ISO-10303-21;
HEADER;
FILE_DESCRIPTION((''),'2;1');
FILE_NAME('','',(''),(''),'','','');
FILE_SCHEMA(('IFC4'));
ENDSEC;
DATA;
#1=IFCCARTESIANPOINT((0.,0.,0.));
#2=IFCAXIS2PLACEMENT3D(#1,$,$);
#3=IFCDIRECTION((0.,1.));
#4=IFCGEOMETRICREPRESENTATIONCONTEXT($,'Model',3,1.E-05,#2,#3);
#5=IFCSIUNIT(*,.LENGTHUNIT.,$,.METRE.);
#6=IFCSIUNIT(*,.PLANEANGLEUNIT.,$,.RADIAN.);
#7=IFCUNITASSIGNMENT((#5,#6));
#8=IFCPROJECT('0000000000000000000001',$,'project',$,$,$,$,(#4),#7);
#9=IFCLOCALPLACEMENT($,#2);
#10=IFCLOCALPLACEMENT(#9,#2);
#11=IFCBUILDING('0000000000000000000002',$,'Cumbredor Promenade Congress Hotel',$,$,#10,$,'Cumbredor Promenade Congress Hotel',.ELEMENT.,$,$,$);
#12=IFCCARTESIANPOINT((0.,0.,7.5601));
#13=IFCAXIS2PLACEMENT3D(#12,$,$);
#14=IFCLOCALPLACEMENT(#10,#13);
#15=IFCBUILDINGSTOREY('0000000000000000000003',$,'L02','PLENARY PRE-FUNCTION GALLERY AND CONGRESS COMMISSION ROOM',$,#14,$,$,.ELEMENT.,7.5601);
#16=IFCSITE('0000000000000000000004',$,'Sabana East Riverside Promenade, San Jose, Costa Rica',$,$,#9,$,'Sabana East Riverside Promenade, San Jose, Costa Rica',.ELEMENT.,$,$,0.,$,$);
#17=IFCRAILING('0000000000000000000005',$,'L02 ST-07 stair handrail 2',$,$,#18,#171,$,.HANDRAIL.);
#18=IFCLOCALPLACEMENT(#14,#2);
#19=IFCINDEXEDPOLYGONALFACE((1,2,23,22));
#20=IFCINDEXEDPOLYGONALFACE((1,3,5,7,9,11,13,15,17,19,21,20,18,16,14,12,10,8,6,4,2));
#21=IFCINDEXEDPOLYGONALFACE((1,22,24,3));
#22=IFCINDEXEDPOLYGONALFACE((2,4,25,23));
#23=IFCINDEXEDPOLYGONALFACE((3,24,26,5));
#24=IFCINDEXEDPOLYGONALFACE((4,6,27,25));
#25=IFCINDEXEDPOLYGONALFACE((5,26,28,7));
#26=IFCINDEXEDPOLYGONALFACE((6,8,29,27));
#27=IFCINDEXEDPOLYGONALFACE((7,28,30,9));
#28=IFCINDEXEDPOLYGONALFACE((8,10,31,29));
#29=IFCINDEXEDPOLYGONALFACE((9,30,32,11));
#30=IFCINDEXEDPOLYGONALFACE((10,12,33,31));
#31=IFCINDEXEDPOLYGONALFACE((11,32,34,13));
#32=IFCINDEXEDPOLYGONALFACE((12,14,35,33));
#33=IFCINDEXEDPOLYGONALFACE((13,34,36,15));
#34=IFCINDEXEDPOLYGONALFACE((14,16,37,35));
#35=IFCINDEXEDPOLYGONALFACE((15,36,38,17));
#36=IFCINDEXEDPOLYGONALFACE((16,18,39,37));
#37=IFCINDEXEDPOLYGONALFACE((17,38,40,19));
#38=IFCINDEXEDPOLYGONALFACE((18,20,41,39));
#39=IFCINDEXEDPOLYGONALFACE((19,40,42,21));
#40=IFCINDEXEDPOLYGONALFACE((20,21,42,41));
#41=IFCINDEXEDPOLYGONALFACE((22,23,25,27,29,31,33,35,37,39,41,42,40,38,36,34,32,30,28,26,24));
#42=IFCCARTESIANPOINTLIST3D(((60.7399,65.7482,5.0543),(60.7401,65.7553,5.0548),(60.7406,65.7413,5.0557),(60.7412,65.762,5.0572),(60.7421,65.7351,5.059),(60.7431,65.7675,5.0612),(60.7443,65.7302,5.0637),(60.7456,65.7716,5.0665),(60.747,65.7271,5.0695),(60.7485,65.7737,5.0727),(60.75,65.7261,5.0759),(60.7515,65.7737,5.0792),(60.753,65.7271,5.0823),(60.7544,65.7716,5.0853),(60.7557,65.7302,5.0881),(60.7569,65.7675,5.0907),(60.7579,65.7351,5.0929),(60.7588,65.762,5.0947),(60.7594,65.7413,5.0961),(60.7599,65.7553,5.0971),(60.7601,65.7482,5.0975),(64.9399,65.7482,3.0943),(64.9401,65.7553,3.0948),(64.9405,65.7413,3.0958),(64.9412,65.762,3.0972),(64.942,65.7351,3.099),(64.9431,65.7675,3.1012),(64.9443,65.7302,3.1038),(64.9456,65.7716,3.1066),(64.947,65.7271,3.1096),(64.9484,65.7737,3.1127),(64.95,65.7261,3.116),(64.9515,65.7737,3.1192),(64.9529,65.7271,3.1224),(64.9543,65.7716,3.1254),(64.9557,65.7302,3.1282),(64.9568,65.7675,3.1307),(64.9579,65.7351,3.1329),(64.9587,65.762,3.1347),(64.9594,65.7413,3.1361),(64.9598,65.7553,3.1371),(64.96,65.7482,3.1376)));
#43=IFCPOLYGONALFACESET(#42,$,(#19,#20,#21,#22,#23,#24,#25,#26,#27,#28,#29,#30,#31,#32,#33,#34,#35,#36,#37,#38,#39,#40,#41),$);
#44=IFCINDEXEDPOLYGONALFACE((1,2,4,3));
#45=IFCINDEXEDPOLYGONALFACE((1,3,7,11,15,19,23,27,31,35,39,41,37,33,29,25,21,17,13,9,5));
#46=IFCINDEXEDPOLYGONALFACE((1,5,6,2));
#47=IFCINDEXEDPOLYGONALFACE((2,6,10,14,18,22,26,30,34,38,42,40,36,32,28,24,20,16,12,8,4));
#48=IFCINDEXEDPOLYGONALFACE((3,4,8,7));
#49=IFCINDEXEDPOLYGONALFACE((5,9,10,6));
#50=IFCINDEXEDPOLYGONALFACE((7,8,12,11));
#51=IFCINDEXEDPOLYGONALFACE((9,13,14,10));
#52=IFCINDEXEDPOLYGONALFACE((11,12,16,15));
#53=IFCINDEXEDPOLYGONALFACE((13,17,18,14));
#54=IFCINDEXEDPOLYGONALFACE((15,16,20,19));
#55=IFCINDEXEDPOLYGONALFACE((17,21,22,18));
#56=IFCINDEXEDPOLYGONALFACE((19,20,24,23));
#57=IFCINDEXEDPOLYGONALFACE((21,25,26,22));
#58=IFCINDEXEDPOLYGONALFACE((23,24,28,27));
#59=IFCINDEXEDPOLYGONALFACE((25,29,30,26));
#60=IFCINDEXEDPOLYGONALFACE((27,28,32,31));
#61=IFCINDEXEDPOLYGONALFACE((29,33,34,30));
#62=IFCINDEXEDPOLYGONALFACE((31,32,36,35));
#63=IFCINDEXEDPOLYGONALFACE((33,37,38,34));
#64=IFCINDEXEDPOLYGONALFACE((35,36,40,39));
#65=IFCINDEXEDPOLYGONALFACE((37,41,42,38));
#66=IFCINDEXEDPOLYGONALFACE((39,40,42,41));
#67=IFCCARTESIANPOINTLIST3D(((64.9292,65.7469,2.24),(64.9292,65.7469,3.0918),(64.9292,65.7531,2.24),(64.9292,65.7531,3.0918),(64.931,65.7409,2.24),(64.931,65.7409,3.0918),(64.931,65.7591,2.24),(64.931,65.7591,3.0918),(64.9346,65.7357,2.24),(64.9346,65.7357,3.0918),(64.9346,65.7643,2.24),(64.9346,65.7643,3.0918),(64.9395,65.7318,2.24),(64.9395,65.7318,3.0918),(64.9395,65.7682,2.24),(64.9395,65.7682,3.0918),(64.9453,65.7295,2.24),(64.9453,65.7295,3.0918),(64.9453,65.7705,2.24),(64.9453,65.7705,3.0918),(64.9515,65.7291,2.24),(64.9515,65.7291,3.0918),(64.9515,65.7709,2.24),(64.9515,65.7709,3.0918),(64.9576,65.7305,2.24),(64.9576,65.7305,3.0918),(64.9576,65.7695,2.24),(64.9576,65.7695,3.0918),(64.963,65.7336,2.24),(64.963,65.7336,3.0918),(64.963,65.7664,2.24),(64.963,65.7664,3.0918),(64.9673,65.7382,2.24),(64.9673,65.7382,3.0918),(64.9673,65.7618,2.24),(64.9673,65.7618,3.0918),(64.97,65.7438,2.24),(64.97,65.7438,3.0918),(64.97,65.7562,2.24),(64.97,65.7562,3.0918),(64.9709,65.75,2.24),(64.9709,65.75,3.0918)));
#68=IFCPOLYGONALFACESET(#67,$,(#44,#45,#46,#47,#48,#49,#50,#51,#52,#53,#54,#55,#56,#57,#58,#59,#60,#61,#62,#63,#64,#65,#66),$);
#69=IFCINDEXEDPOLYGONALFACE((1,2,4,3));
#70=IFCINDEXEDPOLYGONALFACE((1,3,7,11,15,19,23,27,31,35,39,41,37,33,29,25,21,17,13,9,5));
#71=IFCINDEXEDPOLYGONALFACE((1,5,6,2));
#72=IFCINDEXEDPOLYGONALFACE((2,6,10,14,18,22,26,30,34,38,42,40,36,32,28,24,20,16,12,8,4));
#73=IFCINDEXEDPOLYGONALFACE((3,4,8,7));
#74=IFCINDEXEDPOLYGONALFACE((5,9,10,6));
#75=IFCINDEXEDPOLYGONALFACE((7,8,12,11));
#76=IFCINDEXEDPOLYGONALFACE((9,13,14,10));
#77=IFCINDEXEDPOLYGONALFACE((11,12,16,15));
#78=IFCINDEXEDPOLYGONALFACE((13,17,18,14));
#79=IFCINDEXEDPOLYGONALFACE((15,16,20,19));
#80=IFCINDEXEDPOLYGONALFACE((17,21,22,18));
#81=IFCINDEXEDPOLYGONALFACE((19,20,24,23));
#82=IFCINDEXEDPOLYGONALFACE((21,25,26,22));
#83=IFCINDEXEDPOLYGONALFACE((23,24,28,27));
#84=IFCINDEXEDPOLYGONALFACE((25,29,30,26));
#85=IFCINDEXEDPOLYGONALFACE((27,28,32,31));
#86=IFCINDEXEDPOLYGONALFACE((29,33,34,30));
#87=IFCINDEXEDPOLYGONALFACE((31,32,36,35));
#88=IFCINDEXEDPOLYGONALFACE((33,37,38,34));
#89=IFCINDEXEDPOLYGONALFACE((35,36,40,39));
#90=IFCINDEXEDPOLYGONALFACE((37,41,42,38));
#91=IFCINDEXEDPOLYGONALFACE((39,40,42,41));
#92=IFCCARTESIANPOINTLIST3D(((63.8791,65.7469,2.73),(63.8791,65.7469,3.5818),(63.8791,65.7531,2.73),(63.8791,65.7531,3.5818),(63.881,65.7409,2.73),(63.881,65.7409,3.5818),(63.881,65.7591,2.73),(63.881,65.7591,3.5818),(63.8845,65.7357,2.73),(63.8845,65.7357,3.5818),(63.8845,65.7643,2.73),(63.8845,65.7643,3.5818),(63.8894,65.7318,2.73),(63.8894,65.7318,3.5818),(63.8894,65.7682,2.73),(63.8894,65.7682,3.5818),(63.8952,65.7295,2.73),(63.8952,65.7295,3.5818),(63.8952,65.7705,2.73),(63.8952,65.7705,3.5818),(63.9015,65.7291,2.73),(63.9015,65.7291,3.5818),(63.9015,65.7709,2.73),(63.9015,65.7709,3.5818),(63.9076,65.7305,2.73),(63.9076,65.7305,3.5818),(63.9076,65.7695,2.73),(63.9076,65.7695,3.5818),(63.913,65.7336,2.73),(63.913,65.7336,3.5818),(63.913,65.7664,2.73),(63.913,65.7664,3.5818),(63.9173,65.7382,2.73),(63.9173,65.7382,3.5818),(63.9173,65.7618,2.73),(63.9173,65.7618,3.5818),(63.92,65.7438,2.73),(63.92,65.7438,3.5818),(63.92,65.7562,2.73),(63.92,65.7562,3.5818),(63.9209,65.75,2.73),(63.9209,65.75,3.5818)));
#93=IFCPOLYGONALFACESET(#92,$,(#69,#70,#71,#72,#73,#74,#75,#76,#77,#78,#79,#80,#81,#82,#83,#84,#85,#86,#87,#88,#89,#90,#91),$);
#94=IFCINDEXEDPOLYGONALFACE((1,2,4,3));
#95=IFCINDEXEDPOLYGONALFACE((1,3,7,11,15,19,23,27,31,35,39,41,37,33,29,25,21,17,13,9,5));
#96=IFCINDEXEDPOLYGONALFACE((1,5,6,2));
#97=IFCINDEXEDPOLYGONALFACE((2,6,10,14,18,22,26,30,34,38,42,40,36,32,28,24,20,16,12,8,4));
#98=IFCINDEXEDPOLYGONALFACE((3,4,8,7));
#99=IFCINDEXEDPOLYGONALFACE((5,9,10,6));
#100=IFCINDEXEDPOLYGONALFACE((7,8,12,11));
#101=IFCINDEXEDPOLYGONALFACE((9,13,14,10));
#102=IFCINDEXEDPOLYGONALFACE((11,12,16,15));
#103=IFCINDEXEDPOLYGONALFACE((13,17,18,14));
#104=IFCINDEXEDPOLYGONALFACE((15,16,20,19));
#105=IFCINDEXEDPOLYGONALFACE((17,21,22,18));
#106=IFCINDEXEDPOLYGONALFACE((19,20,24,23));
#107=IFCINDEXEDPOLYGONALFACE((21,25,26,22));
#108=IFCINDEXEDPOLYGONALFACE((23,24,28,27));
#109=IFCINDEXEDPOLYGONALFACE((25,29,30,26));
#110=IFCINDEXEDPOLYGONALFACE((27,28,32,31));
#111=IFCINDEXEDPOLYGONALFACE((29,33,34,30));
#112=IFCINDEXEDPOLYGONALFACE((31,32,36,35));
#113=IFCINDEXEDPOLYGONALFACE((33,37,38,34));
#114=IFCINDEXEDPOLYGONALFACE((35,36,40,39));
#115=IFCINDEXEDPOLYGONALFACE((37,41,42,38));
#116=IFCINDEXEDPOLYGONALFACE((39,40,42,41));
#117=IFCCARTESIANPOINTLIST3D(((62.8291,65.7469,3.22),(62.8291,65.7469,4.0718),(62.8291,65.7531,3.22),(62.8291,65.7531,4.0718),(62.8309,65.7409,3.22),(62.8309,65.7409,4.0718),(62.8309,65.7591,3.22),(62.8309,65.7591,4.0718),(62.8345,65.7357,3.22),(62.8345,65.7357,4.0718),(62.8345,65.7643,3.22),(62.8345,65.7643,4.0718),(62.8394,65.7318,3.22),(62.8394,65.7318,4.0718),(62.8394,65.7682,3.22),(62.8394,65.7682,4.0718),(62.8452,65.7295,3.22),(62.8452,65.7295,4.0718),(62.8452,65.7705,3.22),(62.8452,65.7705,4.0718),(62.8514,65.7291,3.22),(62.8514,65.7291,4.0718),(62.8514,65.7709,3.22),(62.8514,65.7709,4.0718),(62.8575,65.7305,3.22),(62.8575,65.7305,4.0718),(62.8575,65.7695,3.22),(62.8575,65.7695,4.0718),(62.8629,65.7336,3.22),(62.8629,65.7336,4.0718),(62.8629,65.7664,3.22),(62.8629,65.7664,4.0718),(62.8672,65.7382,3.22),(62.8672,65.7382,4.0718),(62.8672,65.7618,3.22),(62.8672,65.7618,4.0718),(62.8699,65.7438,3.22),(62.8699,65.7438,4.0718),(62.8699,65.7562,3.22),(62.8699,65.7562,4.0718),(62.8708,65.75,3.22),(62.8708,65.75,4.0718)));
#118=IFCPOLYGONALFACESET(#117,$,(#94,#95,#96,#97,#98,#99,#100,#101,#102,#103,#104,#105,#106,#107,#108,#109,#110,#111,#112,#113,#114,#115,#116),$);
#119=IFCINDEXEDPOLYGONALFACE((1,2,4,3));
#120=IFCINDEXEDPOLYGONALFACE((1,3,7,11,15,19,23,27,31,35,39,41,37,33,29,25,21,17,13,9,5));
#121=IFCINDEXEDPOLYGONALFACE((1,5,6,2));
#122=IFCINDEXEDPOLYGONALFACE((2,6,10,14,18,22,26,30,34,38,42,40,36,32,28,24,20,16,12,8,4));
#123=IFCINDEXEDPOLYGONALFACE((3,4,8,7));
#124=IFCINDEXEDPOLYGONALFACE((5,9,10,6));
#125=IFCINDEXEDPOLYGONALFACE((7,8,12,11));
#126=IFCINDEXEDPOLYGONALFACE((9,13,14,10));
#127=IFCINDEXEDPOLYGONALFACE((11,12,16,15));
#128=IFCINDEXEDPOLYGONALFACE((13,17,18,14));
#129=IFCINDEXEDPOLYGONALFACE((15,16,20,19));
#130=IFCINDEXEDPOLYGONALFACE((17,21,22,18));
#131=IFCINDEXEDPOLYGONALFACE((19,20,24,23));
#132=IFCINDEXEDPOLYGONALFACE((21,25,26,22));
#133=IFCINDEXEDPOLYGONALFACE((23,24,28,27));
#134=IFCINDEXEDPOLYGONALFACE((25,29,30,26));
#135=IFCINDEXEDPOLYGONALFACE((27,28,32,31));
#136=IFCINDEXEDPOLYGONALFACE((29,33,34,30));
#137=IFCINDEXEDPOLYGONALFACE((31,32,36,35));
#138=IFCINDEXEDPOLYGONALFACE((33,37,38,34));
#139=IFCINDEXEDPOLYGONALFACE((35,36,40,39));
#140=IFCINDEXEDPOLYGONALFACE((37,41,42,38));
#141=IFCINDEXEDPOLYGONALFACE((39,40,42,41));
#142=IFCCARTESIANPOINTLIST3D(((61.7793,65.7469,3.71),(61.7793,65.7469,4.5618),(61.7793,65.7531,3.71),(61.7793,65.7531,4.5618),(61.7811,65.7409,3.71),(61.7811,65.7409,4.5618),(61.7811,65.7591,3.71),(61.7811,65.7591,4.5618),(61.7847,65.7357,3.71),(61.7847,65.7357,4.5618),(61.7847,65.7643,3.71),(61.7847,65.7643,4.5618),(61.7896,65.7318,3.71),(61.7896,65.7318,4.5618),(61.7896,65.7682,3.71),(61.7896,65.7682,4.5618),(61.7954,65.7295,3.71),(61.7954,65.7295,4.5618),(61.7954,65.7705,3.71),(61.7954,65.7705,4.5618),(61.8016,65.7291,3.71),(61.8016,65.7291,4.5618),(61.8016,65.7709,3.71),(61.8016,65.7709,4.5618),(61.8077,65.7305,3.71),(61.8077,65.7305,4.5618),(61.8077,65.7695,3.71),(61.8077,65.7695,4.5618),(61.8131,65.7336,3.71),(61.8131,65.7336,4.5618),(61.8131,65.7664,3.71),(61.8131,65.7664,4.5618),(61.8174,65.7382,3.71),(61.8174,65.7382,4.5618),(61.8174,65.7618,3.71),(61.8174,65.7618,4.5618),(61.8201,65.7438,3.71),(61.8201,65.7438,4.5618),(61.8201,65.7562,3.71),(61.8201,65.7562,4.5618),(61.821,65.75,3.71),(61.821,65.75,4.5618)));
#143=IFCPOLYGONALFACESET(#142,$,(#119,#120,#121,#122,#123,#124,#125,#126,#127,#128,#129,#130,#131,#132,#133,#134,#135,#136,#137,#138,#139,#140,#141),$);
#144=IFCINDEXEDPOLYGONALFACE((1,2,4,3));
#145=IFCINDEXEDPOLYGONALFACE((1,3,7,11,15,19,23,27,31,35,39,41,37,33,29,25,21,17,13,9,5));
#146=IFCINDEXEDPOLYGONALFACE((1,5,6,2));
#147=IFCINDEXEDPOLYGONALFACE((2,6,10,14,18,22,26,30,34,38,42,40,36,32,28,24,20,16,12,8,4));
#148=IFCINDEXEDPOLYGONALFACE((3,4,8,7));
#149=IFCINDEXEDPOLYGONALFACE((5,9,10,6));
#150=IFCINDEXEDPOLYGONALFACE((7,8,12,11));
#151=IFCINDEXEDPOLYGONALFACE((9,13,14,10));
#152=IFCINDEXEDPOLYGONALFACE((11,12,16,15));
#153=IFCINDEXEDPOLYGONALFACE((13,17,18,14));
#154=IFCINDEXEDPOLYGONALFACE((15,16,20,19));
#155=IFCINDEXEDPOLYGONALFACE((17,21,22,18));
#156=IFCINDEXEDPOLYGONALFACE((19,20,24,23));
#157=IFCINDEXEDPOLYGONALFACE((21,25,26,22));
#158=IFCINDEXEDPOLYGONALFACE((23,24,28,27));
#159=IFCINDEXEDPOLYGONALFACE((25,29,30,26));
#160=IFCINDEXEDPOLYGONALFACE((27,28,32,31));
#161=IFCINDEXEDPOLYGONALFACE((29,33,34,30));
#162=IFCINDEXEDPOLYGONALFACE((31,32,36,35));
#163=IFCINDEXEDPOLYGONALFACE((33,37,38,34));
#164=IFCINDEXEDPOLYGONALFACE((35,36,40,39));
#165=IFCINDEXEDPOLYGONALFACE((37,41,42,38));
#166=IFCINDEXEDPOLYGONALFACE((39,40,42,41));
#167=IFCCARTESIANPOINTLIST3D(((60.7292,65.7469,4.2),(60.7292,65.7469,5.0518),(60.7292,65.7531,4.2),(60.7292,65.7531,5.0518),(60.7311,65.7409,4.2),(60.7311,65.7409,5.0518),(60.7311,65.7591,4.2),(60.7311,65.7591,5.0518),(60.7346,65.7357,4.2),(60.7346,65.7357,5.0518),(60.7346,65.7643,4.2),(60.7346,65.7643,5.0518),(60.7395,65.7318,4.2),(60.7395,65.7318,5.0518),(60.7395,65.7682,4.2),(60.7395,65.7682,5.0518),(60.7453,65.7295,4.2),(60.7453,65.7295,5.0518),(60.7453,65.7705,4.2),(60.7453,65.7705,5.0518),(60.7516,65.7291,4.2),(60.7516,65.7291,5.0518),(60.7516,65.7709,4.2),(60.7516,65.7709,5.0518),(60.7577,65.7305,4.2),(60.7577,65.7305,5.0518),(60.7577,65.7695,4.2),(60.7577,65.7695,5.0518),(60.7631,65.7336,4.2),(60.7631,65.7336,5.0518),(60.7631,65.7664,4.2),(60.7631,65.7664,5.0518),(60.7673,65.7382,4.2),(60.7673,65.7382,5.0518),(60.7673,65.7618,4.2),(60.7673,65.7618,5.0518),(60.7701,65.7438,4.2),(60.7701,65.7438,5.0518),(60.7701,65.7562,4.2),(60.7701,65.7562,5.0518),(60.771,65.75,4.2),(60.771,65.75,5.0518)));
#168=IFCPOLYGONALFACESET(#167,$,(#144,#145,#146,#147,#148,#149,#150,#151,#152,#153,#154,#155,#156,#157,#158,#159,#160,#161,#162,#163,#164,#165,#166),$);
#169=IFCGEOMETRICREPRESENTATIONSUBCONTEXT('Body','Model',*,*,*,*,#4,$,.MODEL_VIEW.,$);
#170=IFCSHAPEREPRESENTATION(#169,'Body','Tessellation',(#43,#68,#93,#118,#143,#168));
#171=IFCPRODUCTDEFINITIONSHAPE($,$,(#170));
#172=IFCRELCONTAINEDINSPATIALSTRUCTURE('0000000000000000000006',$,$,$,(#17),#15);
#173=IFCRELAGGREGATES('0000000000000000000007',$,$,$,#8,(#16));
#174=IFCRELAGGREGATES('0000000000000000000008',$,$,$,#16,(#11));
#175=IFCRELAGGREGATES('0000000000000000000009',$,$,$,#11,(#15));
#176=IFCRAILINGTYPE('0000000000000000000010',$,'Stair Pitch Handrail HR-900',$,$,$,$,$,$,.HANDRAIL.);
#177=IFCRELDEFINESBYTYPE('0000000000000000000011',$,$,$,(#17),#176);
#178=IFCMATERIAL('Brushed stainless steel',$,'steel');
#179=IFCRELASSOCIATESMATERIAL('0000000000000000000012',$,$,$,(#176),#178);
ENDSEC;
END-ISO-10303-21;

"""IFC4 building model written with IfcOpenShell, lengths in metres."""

from ifc_helpers import new_model, si_unit, direction, frame, origin, origin_2d, place, context, subcontext, project, spatial, circle, extrude, material, type_object, element, save


model = new_model("IFC4")

# Units and contexts
model_context = context("Model", 3, precision=1e-05, world=origin(), true_north=direction((0.0, 1.0)))
body_context = subcontext(model_context, "Body", "Model", "MODEL_VIEW")
ifc_project = project(units=[si_unit("LENGTHUNIT", "METRE"), si_unit("PLANEANGLEUNIT", "RADIAN")], contexts=[model_context])

# Site, building, storey
site_placement = place(None, origin())
site = spatial("IfcSite", under=ifc_project, at=site_placement, Name="Sabana East Riverside Promenade, San Jose, Costa Rica", LongName="Sabana East Riverside Promenade, San Jose, Costa Rica", CompositionType="ELEMENT", RefElevation=0.0)
building_placement = place(site_placement, origin())
building = spatial("IfcBuilding", under=site, at=building_placement, Name="Cumbredor Promenade Congress Hotel", LongName="Cumbredor Promenade Congress Hotel", CompositionType="ELEMENT")
storey_placement = place(building_placement, frame((0.0, 0.0, 7.5601)))
storey = spatial("IfcBuildingStorey", under=building, at=storey_placement, Name="L02", Description="PLENARY PRE-FUNCTION GALLERY AND CONGRESS COMMISSION ROOM", CompositionType="ELEMENT", Elevation=7.5601)

# Railing
ifc_material_1 = material(Name="Brushed stainless steel", Category="steel")
railing_type_1 = type_object("IfcRailingType", Name="Stair Pitch Handrail HR-900", PredefinedType="HANDRAIL", material=ifc_material_1)
railing_1_placement = place(storey_placement, frame((64.95, 65.75, 2.24)))
element("IfcRailing", 1, at=railing_1_placement, inside=storey, type_object=railing_type_1, Name="L02 ST-07 stair handrail 2", PredefinedType="HANDRAIL", context=body_context, shape_type="SweptSolid", body=[
    extrude(circle(Radius=0.0239, at=origin_2d()), frame((0.0, 0.0, 0.876), z_axis=(-0.906184, 0.0, 0.422883), x_axis=(0.0, -1.0, 0.0)), (0.0, 0.0, 1.0), 4.6348),
    extrude(circle(Radius=0.021, at=origin_2d()), origin(), (0.0, 0.0, 1.0), 0.8518),
    extrude(circle(Radius=0.021, at=origin_2d()), frame((-1.05, 0.0, 0.49)), (0.0, 0.0, 1.0), 0.8518),
    extrude(circle(Radius=0.021, at=origin_2d()), frame((-2.1001, 0.0, 0.98)), (0.0, 0.0, 1.0), 0.8518),
    extrude(circle(Radius=0.021, at=origin_2d()), frame((-3.1499, 0.0, 1.47)), (0.0, 0.0, 1.0), 0.8518),
    extrude(circle(Radius=0.021, at=origin_2d()), frame((-4.2, 0.0, 1.96)), (0.0, 0.0, 1.0), 0.8518),
])

save(model, "model.ifc")
